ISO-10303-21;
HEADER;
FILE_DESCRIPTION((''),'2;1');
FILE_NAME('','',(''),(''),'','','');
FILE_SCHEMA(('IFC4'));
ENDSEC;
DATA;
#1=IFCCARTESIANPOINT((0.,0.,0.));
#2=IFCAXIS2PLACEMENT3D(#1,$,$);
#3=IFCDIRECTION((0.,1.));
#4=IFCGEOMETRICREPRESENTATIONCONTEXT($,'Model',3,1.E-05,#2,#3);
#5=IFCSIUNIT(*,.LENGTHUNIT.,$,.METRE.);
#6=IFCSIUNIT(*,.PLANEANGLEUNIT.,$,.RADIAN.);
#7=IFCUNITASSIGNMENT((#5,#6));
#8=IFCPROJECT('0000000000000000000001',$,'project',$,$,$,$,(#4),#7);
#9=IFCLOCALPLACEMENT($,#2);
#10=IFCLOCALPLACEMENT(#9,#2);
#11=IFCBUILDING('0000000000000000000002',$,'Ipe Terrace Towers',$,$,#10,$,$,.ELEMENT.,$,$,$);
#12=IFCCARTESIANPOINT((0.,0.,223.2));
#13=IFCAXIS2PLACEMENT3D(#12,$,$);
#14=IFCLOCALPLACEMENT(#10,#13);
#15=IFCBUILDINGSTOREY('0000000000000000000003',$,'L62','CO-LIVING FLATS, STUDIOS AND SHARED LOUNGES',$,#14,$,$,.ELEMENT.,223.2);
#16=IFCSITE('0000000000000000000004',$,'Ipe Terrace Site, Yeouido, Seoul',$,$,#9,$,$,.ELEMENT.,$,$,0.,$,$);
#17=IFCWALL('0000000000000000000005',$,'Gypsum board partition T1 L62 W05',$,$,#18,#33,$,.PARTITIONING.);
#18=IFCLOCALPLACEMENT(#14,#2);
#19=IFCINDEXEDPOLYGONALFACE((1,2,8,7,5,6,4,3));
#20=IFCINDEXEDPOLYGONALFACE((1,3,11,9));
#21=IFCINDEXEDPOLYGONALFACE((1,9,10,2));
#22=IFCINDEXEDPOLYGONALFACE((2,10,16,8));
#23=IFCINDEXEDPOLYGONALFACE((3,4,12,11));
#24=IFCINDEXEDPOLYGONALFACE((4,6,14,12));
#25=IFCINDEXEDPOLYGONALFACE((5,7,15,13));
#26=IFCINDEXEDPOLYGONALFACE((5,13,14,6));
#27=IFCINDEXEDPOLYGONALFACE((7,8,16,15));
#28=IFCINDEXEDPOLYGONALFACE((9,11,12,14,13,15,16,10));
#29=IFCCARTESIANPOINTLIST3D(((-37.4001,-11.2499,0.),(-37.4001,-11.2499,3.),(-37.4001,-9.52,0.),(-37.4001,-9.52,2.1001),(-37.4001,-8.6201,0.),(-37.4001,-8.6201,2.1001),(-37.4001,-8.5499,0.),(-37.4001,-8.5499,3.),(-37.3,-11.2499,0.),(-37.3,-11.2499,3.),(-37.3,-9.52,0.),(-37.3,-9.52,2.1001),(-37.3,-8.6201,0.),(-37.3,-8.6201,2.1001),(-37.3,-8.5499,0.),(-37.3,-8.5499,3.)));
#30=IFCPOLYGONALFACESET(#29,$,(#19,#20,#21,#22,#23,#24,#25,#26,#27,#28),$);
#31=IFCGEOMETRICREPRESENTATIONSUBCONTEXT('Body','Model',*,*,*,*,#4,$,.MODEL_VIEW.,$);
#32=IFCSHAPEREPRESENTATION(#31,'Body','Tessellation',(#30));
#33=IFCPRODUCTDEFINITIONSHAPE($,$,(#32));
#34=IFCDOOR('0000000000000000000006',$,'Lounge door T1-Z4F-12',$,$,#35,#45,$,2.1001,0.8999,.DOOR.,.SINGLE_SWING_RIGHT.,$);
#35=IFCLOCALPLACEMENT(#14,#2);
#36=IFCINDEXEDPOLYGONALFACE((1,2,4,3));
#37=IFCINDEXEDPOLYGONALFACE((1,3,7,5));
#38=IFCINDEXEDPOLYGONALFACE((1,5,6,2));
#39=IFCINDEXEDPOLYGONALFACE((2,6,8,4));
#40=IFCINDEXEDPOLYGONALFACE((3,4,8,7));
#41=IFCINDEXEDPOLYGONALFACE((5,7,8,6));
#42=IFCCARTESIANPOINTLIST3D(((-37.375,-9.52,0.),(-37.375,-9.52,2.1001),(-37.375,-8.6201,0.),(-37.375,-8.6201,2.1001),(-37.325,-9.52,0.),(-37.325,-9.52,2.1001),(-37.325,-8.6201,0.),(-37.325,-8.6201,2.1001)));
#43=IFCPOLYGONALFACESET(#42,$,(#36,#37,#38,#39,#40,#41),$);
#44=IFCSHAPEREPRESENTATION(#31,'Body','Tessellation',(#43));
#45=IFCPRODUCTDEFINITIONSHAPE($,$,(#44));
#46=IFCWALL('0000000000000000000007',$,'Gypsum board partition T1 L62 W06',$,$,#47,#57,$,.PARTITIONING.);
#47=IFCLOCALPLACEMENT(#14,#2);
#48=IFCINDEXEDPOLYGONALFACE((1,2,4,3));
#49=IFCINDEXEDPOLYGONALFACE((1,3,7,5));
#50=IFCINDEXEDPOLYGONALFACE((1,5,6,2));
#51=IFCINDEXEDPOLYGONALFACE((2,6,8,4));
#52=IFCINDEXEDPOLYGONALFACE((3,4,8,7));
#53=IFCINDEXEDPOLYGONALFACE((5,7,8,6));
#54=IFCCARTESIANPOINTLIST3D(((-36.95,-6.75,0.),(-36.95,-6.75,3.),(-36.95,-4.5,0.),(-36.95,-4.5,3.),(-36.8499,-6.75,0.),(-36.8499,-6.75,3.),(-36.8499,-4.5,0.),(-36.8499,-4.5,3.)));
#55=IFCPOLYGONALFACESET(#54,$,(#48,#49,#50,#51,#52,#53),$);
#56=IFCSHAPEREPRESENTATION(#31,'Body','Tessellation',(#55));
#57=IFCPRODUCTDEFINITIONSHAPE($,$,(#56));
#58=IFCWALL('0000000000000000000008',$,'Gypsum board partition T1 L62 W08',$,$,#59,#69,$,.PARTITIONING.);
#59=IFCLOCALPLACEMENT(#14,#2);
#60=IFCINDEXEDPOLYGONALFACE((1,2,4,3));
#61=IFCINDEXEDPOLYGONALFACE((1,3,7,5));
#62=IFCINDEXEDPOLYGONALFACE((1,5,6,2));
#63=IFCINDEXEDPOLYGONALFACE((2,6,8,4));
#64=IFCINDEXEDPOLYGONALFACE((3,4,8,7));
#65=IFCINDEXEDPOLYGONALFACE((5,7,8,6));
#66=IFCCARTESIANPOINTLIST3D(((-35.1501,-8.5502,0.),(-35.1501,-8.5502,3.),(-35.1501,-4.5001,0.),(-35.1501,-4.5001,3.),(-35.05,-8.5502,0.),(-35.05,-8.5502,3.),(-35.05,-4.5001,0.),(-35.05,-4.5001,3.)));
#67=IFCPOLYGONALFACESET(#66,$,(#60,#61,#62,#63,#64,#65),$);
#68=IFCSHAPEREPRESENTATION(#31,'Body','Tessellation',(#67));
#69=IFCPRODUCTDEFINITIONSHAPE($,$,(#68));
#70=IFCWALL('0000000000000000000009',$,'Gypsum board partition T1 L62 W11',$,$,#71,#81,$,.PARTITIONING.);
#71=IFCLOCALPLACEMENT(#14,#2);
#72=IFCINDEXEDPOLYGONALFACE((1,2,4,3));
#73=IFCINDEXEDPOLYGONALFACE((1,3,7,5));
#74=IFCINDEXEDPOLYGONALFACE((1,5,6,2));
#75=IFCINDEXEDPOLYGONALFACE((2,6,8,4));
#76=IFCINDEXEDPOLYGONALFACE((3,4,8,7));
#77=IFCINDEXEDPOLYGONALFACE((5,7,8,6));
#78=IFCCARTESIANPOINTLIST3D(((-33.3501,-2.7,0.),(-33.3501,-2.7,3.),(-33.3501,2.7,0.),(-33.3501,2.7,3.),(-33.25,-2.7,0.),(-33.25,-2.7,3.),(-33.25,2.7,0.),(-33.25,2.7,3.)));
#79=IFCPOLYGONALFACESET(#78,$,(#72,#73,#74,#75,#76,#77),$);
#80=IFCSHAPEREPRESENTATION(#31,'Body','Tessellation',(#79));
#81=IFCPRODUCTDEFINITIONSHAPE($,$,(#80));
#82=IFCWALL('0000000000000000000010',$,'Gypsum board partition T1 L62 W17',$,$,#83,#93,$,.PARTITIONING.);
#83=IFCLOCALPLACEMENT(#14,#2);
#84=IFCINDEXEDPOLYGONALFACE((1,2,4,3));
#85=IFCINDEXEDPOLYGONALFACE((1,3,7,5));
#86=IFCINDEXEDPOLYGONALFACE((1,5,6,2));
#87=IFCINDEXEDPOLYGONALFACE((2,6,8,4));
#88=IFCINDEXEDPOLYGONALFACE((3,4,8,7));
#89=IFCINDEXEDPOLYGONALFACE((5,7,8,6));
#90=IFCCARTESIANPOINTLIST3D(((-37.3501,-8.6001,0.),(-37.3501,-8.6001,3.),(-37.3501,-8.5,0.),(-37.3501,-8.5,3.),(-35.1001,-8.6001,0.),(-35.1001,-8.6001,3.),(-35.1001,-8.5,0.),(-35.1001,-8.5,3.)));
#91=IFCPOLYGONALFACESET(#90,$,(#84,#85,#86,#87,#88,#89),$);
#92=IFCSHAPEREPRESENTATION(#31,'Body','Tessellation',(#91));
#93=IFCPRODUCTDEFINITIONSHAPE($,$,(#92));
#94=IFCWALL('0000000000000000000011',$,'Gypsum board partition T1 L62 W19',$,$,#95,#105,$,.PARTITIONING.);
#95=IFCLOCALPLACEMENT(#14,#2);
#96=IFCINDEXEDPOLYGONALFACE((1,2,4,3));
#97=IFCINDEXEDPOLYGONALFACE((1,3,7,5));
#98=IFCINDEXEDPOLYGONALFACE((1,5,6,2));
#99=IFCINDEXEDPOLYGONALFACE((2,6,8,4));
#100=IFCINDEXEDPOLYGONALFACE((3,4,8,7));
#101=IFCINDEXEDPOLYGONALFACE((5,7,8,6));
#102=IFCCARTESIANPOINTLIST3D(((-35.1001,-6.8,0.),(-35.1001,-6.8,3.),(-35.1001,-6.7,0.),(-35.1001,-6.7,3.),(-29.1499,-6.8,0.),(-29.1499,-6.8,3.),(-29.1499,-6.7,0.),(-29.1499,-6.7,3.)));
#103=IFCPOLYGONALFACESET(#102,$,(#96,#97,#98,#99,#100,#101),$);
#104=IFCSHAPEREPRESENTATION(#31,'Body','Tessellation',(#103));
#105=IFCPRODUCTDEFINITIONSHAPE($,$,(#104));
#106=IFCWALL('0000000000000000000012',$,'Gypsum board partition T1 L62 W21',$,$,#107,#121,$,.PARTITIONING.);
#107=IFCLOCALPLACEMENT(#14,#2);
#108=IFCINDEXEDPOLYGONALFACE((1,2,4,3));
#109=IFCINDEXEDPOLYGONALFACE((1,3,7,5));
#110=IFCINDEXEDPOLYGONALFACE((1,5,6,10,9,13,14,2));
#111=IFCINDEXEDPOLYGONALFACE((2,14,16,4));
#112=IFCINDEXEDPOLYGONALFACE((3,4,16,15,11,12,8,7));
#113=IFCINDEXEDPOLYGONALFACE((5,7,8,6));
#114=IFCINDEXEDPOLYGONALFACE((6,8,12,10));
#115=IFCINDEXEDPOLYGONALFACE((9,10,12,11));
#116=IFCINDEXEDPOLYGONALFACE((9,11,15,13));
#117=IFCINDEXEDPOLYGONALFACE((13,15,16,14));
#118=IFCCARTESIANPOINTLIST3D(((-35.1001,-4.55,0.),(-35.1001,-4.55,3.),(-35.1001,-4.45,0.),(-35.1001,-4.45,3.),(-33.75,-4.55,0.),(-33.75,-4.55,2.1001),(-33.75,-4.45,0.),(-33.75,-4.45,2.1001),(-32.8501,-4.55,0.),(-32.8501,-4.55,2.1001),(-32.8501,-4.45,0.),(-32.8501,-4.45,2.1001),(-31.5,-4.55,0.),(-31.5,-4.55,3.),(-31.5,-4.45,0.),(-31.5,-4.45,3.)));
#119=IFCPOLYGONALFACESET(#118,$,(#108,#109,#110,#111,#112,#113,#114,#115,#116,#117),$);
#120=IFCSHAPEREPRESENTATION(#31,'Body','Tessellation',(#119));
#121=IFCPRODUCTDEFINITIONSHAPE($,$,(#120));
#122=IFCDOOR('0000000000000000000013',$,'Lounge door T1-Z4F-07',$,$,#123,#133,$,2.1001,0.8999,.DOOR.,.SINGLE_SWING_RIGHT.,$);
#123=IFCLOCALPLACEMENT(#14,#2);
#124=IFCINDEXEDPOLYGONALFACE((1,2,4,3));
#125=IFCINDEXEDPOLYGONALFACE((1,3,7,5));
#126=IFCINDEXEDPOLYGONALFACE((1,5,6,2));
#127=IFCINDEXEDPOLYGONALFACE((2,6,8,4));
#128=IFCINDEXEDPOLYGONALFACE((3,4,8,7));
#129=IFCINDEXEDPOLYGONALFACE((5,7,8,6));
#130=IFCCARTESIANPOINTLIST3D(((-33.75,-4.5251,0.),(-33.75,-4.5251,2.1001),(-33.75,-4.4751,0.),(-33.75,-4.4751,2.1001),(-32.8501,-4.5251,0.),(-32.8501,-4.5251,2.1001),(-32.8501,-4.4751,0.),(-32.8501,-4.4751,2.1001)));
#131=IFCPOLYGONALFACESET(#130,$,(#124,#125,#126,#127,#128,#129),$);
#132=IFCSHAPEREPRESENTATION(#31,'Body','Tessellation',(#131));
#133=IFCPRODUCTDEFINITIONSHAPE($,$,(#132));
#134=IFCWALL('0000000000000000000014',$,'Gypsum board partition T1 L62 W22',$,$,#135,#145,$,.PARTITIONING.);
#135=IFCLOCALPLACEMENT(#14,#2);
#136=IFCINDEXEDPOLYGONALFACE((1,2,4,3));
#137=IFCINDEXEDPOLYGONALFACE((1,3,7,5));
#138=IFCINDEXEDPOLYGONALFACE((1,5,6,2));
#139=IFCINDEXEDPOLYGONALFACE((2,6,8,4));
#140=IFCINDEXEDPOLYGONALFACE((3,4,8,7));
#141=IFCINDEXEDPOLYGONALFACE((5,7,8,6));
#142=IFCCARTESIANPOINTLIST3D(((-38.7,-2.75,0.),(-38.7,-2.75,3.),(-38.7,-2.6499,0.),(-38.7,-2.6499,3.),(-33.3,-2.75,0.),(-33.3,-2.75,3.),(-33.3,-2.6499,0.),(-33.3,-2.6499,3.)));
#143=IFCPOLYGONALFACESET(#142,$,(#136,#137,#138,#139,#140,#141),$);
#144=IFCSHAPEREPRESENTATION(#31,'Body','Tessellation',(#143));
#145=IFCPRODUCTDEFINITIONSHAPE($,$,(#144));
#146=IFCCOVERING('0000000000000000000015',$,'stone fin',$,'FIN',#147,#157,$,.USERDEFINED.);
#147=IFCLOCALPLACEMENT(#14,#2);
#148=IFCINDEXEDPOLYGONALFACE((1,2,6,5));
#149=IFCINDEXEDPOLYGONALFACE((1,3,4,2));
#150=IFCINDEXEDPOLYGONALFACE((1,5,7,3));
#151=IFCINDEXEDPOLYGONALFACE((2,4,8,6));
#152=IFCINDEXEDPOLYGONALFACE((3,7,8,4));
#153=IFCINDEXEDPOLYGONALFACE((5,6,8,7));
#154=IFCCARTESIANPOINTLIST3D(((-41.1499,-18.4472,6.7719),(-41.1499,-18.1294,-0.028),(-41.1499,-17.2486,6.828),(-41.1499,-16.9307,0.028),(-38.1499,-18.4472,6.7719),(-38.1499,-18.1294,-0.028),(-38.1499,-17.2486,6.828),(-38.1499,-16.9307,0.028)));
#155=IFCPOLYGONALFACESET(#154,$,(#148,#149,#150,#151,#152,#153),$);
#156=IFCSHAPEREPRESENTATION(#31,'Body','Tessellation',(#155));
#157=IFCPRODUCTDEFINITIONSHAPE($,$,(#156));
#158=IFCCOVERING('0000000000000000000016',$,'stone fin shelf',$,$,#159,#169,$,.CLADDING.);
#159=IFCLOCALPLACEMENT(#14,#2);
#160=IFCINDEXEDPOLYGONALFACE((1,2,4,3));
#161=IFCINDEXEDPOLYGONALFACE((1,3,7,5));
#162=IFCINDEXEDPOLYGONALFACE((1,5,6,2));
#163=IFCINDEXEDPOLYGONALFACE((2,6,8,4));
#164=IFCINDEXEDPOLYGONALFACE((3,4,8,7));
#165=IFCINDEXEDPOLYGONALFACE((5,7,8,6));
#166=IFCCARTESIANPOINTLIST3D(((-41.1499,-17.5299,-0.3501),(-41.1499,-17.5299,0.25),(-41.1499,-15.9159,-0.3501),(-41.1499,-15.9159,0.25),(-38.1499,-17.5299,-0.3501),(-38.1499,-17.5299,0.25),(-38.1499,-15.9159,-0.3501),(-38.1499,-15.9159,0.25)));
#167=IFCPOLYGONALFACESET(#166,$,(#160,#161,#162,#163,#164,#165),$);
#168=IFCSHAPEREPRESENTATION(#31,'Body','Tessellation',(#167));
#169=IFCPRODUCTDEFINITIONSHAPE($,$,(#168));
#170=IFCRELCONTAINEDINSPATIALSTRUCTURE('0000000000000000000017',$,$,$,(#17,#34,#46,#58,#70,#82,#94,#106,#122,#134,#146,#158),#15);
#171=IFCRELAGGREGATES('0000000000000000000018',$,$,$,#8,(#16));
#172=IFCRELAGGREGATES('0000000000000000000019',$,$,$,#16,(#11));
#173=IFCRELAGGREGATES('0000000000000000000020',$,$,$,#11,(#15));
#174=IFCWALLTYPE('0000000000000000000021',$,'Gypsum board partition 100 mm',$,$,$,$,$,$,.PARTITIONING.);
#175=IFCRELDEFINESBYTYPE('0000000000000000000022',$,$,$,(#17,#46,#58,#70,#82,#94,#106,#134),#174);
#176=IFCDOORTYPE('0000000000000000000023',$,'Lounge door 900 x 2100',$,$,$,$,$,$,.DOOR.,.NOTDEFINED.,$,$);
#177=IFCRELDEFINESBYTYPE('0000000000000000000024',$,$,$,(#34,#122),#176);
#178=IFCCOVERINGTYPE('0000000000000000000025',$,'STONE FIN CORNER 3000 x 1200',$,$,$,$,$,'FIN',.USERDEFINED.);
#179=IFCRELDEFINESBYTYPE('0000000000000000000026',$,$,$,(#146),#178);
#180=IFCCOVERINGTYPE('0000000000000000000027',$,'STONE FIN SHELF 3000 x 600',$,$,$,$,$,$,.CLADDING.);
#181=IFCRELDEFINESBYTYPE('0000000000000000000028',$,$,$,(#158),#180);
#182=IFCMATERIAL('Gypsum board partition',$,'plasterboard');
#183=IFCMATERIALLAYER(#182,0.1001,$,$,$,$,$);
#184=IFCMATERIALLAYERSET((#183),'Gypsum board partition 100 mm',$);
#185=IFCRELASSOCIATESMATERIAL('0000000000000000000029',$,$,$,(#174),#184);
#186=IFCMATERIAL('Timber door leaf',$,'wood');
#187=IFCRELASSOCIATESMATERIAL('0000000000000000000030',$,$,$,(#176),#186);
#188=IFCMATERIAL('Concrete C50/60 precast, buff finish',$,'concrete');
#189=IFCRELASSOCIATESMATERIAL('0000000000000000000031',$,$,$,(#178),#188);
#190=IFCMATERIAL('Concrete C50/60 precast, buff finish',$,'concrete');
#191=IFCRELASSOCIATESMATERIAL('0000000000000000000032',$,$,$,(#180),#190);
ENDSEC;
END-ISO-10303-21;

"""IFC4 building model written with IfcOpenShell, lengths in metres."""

from ifc_helpers import new_model, si_unit, direction, frame, frame_2d, origin, origin_2d, place, context, subcontext, project, spatial, rectangle, extrude, material, layer, layer_set, material_profile, profile_set, type_object, element, fill, save


model = new_model("IFC4")

# Units and contexts
model_context = context("Model", 3, precision=1e-05, world=origin(), true_north=direction((0.0, 1.0)))
body_context = subcontext(model_context, "Body", "Model", "MODEL_VIEW")
ifc_project = project(units=[si_unit("LENGTHUNIT", "METRE"), si_unit("PLANEANGLEUNIT", "RADIAN")], contexts=[model_context])

# Site, building, storey
site_placement = place(None, origin())
site = spatial("IfcSite", under=ifc_project, at=site_placement, Name="Ipe Terrace Site, Yeouido, Seoul", CompositionType="ELEMENT", RefElevation=0.0)
building_placement = place(site_placement, origin())
building = spatial("IfcBuilding", under=site, at=building_placement, Name="Ipe Terrace Towers", CompositionType="ELEMENT")
storey_placement = place(building_placement, frame((0.0, 0.0, 223.2)))
storey = spatial("IfcBuildingStorey", under=building, at=storey_placement, Name="L62", Description="CO-LIVING FLATS, STUDIOS AND SHARED LOUNGES", CompositionType="ELEMENT", Elevation=223.2)

# Shared definitions
ifc_material_1 = material(Name="Gypsum board partition", Category="plasterboard")
ifc_layer_1 = layer(ifc_material_1, 0.1001)
ifc_layer_set_1 = layer_set([ifc_layer_1], Name="Gypsum board partition 100 mm")
wall_type_1 = type_object("IfcWallType", Name="Gypsum board partition 100 mm", PredefinedType="PARTITIONING", material=ifc_layer_set_1)
ifc_material_2 = material(Name="Timber door leaf", Category="wood")
door_type = type_object("IfcDoorType", Name="Lounge door 900 x 2100", OperationType="NOTDEFINED", PredefinedType="DOOR", material=ifc_material_2)

# Wall, opening, door
wall_1_placement = place(storey_placement, frame((-37.3501, -11.25, 0.0), z_axis=(0.0, 0.0, 1.0), x_axis=(0.0, 1.0, 0.0)))
wall_1 = element("IfcWall", 1, at=wall_1_placement, inside=storey, type_object=wall_type_1, Name="Gypsum board partition T1 L62 W05", PredefinedType="PARTITIONING", context=body_context, shape_type="SweptSolid", body=[
    extrude(rectangle(XDim=2.7, YDim=0.1001, at=frame_2d((1.3501, 0.0))), origin(), (0.0, 0.0, 1.0), 3.0),
])
opening_1_placement = place(wall_1_placement, frame((1.73, 0.0, 0.0)))
opening_1 = element("IfcOpeningElement", 2, at=opening_1_placement, cuts=wall_1, PredefinedType="OPENING", context=body_context, shape_type="SweptSolid", body=[
    extrude(rectangle(XDim=0.8999, YDim=2.1001, at=frame_2d((0.45, 1.05))), frame((0.0, 0.0601, 0.0), z_axis=(0.0, -1.0, 0.0), x_axis=(1.0, 0.0, 0.0)), (0.0, 0.0, 1.0), 0.1201),
])
door_1_placement = place(opening_1_placement, origin())
door_1 = element("IfcDoor", 3, at=door_1_placement, inside=storey, type_object=door_type, Name="Lounge door T1-Z4F-12", OperationType="SINGLE_SWING_RIGHT", OverallHeight=2.1001, OverallWidth=0.8999, PredefinedType="DOOR", context=body_context, shape_type="SweptSolid", body=[
    extrude(rectangle(XDim=0.8999, YDim=2.1001, at=frame_2d((0.45, 1.05))), frame((0.0, 0.0249, 0.0), z_axis=(0.0, -1.0, 0.0), x_axis=(1.0, 0.0, 0.0)), (0.0, 0.0, 1.0), 0.05),
])
fill(opening_1, door_1)

# Walls
wall_2_placement = place(storey_placement, frame((-36.8999, -6.75, 0.0), z_axis=(0.0, 0.0, 1.0), x_axis=(0.0, 1.0, 0.0)))
element("IfcWall", 4, at=wall_2_placement, inside=storey, type_object=wall_type_1, Name="Gypsum board partition T1 L62 W06", PredefinedType="PARTITIONING", context=body_context, shape_type="SweptSolid", body=[
    extrude(rectangle(XDim=2.25, YDim=0.1001, at=frame_2d((1.125, 0.0))), origin(), (0.0, 0.0, 1.0), 3.0),
])
wall_3_placement = place(storey_placement, frame((-35.1001, -8.55, 0.0), z_axis=(0.0, 0.0, 1.0), x_axis=(0.0, 1.0, 0.0)))
element("IfcWall", 5, at=wall_3_placement, inside=storey, type_object=wall_type_1, Name="Gypsum board partition T1 L62 W08", PredefinedType="PARTITIONING", context=body_context, shape_type="SweptSolid", body=[
    extrude(rectangle(XDim=4.05, YDim=0.1001, at=frame_2d((2.0249, 0.0))), origin(), (0.0, 0.0, 1.0), 3.0),
])
wall_4_placement = place(storey_placement, frame((-33.3, -2.7, 0.0), z_axis=(0.0, 0.0, 1.0), x_axis=(0.0, 1.0, 0.0)))
element("IfcWall", 6, at=wall_4_placement, inside=storey, type_object=wall_type_1, Name="Gypsum board partition T1 L62 W11", PredefinedType="PARTITIONING", context=body_context, shape_type="SweptSolid", body=[
    extrude(rectangle(XDim=5.3999, YDim=0.1001, at=frame_2d((2.7, 0.0))), origin(), (0.0, 0.0, 1.0), 3.0),
])
wall_5_placement = place(storey_placement, frame((-37.3501, -8.55, 0.0), z_axis=(0.0, 0.0, 1.0), x_axis=(1.0, 0.0, 0.0)))
element("IfcWall", 7, at=wall_5_placement, inside=storey, type_object=wall_type_1, Name="Gypsum board partition T1 L62 W17", PredefinedType="PARTITIONING", context=body_context, shape_type="SweptSolid", body=[
    extrude(rectangle(XDim=2.25, YDim=0.1001, at=frame_2d((1.125, 0.0))), origin(), (0.0, 0.0, 1.0), 3.0),
])
wall_6_placement = place(storey_placement, frame((-35.1001, -6.75, 0.0), z_axis=(0.0, 0.0, 1.0), x_axis=(1.0, 0.0, 0.0)))
element("IfcWall", 8, at=wall_6_placement, inside=storey, type_object=wall_type_1, Name="Gypsum board partition T1 L62 W19", PredefinedType="PARTITIONING", context=body_context, shape_type="SweptSolid", body=[
    extrude(rectangle(XDim=5.9502, YDim=0.1001, at=frame_2d((2.9751, 0.0))), origin(), (0.0, 0.0, 1.0), 3.0),
])

# Wall, opening, door
wall_7_placement = place(storey_placement, frame((-35.1001, -4.5, 0.0), z_axis=(0.0, 0.0, 1.0), x_axis=(1.0, 0.0, 0.0)))
wall_7 = element("IfcWall", 9, at=wall_7_placement, inside=storey, type_object=wall_type_1, Name="Gypsum board partition T1 L62 W21", PredefinedType="PARTITIONING", context=body_context, shape_type="SweptSolid", body=[
    extrude(rectangle(XDim=3.6001, YDim=0.1001, at=frame_2d((1.8, 0.0))), origin(), (0.0, 0.0, 1.0), 3.0),
])
opening_2_placement = place(wall_7_placement, frame((1.3501, 0.0, 0.0)))
opening_2 = element("IfcOpeningElement", 10, at=opening_2_placement, cuts=wall_7, PredefinedType="OPENING", context=body_context, shape_type="SweptSolid", body=[
    extrude(rectangle(XDim=0.8999, YDim=2.1001, at=frame_2d((0.45, 1.05))), frame((0.0, 0.0601, 0.0), z_axis=(0.0, -1.0, 0.0), x_axis=(1.0, 0.0, 0.0)), (0.0, 0.0, 1.0), 0.1201),
])
door_2_placement = place(opening_2_placement, origin())
door_2 = element("IfcDoor", 11, at=door_2_placement, inside=storey, type_object=door_type, Name="Lounge door T1-Z4F-07", OperationType="SINGLE_SWING_RIGHT", OverallHeight=2.1001, OverallWidth=0.8999, PredefinedType="DOOR", context=body_context, shape_type="SweptSolid", body=[
    extrude(rectangle(XDim=0.8999, YDim=2.1001, at=frame_2d((0.45, 1.05))), frame((0.0, 0.0249, 0.0), z_axis=(0.0, -1.0, 0.0), x_axis=(1.0, 0.0, 0.0)), (0.0, 0.0, 1.0), 0.05),
])
fill(opening_2, door_2)

# Wall
wall_8_placement = place(storey_placement, frame((-38.7, -2.7, 0.0), z_axis=(0.0, 0.0, 1.0), x_axis=(1.0, 0.0, 0.0)))
element("IfcWall", 12, at=wall_8_placement, inside=storey, type_object=wall_type_1, Name="Gypsum board partition T1 L62 W22", PredefinedType="PARTITIONING", context=body_context, shape_type="SweptSolid", body=[
    extrude(rectangle(XDim=5.3999, YDim=0.1001, at=frame_2d((2.7, 0.0))), origin(), (0.0, 0.0, 1.0), 3.0),
])

# Coverings
ifc_material_3 = material(Name="Concrete C50/60 precast, buff finish", Category="concrete")
ifc_material_profile_1 = material_profile(ifc_material_3, rectangle(XDim=3.0, YDim=1.2, at=origin_2d()), Name="STONE FIN CORNER 3000 x 1200")
ifc_profile_set_1 = profile_set([ifc_material_profile_1], Name="Concrete C50/60 precast, buff finish")
covering_type_1 = type_object("IfcCoveringType", Name="STONE FIN CORNER 3000 x 1200", ElementType="FIN", PredefinedType="USERDEFINED", material=ifc_profile_set_1)
covering_1_placement = place(storey_placement, frame((-39.6499, -17.53, 0.0), z_axis=(0.0, -0.046694, 0.998909), x_axis=(1.0, 0.0, 0.0)))
element("IfcCovering", 13, at=covering_1_placement, inside=storey, type_object=covering_type_1, Name="stone fin", ObjectType="FIN", PredefinedType="USERDEFINED", context=body_context, shape_type="SweptSolid", body=[
    extrude(rectangle(XDim=3.0, YDim=1.2, at=origin_2d()), origin(), (0.0, 0.0, 1.0), 6.8074),
])
ifc_material_4 = material(Name="Concrete C50/60 precast, buff finish", Category="concrete")
covering_type_2 = type_object("IfcCoveringType", Name="STONE FIN SHELF 3000 x 600", PredefinedType="CLADDING", material=ifc_material_4)
covering_2_placement = place(storey_placement, frame((-39.6499, -16.7229, -0.3501), z_axis=(0.0, 0.0, 1.0), x_axis=(1.0, 0.0, 0.0)))
element("IfcCovering", 14, at=covering_2_placement, inside=storey, type_object=covering_type_2, Name="stone fin shelf", PredefinedType="CLADDING", context=body_context, shape_type="SweptSolid", body=[
    extrude(rectangle(XDim=3.0, YDim=1.614, at=origin_2d()), origin(), (0.0, 0.0, 1.0), 0.6001),
])

save(model, "model.ifc")
